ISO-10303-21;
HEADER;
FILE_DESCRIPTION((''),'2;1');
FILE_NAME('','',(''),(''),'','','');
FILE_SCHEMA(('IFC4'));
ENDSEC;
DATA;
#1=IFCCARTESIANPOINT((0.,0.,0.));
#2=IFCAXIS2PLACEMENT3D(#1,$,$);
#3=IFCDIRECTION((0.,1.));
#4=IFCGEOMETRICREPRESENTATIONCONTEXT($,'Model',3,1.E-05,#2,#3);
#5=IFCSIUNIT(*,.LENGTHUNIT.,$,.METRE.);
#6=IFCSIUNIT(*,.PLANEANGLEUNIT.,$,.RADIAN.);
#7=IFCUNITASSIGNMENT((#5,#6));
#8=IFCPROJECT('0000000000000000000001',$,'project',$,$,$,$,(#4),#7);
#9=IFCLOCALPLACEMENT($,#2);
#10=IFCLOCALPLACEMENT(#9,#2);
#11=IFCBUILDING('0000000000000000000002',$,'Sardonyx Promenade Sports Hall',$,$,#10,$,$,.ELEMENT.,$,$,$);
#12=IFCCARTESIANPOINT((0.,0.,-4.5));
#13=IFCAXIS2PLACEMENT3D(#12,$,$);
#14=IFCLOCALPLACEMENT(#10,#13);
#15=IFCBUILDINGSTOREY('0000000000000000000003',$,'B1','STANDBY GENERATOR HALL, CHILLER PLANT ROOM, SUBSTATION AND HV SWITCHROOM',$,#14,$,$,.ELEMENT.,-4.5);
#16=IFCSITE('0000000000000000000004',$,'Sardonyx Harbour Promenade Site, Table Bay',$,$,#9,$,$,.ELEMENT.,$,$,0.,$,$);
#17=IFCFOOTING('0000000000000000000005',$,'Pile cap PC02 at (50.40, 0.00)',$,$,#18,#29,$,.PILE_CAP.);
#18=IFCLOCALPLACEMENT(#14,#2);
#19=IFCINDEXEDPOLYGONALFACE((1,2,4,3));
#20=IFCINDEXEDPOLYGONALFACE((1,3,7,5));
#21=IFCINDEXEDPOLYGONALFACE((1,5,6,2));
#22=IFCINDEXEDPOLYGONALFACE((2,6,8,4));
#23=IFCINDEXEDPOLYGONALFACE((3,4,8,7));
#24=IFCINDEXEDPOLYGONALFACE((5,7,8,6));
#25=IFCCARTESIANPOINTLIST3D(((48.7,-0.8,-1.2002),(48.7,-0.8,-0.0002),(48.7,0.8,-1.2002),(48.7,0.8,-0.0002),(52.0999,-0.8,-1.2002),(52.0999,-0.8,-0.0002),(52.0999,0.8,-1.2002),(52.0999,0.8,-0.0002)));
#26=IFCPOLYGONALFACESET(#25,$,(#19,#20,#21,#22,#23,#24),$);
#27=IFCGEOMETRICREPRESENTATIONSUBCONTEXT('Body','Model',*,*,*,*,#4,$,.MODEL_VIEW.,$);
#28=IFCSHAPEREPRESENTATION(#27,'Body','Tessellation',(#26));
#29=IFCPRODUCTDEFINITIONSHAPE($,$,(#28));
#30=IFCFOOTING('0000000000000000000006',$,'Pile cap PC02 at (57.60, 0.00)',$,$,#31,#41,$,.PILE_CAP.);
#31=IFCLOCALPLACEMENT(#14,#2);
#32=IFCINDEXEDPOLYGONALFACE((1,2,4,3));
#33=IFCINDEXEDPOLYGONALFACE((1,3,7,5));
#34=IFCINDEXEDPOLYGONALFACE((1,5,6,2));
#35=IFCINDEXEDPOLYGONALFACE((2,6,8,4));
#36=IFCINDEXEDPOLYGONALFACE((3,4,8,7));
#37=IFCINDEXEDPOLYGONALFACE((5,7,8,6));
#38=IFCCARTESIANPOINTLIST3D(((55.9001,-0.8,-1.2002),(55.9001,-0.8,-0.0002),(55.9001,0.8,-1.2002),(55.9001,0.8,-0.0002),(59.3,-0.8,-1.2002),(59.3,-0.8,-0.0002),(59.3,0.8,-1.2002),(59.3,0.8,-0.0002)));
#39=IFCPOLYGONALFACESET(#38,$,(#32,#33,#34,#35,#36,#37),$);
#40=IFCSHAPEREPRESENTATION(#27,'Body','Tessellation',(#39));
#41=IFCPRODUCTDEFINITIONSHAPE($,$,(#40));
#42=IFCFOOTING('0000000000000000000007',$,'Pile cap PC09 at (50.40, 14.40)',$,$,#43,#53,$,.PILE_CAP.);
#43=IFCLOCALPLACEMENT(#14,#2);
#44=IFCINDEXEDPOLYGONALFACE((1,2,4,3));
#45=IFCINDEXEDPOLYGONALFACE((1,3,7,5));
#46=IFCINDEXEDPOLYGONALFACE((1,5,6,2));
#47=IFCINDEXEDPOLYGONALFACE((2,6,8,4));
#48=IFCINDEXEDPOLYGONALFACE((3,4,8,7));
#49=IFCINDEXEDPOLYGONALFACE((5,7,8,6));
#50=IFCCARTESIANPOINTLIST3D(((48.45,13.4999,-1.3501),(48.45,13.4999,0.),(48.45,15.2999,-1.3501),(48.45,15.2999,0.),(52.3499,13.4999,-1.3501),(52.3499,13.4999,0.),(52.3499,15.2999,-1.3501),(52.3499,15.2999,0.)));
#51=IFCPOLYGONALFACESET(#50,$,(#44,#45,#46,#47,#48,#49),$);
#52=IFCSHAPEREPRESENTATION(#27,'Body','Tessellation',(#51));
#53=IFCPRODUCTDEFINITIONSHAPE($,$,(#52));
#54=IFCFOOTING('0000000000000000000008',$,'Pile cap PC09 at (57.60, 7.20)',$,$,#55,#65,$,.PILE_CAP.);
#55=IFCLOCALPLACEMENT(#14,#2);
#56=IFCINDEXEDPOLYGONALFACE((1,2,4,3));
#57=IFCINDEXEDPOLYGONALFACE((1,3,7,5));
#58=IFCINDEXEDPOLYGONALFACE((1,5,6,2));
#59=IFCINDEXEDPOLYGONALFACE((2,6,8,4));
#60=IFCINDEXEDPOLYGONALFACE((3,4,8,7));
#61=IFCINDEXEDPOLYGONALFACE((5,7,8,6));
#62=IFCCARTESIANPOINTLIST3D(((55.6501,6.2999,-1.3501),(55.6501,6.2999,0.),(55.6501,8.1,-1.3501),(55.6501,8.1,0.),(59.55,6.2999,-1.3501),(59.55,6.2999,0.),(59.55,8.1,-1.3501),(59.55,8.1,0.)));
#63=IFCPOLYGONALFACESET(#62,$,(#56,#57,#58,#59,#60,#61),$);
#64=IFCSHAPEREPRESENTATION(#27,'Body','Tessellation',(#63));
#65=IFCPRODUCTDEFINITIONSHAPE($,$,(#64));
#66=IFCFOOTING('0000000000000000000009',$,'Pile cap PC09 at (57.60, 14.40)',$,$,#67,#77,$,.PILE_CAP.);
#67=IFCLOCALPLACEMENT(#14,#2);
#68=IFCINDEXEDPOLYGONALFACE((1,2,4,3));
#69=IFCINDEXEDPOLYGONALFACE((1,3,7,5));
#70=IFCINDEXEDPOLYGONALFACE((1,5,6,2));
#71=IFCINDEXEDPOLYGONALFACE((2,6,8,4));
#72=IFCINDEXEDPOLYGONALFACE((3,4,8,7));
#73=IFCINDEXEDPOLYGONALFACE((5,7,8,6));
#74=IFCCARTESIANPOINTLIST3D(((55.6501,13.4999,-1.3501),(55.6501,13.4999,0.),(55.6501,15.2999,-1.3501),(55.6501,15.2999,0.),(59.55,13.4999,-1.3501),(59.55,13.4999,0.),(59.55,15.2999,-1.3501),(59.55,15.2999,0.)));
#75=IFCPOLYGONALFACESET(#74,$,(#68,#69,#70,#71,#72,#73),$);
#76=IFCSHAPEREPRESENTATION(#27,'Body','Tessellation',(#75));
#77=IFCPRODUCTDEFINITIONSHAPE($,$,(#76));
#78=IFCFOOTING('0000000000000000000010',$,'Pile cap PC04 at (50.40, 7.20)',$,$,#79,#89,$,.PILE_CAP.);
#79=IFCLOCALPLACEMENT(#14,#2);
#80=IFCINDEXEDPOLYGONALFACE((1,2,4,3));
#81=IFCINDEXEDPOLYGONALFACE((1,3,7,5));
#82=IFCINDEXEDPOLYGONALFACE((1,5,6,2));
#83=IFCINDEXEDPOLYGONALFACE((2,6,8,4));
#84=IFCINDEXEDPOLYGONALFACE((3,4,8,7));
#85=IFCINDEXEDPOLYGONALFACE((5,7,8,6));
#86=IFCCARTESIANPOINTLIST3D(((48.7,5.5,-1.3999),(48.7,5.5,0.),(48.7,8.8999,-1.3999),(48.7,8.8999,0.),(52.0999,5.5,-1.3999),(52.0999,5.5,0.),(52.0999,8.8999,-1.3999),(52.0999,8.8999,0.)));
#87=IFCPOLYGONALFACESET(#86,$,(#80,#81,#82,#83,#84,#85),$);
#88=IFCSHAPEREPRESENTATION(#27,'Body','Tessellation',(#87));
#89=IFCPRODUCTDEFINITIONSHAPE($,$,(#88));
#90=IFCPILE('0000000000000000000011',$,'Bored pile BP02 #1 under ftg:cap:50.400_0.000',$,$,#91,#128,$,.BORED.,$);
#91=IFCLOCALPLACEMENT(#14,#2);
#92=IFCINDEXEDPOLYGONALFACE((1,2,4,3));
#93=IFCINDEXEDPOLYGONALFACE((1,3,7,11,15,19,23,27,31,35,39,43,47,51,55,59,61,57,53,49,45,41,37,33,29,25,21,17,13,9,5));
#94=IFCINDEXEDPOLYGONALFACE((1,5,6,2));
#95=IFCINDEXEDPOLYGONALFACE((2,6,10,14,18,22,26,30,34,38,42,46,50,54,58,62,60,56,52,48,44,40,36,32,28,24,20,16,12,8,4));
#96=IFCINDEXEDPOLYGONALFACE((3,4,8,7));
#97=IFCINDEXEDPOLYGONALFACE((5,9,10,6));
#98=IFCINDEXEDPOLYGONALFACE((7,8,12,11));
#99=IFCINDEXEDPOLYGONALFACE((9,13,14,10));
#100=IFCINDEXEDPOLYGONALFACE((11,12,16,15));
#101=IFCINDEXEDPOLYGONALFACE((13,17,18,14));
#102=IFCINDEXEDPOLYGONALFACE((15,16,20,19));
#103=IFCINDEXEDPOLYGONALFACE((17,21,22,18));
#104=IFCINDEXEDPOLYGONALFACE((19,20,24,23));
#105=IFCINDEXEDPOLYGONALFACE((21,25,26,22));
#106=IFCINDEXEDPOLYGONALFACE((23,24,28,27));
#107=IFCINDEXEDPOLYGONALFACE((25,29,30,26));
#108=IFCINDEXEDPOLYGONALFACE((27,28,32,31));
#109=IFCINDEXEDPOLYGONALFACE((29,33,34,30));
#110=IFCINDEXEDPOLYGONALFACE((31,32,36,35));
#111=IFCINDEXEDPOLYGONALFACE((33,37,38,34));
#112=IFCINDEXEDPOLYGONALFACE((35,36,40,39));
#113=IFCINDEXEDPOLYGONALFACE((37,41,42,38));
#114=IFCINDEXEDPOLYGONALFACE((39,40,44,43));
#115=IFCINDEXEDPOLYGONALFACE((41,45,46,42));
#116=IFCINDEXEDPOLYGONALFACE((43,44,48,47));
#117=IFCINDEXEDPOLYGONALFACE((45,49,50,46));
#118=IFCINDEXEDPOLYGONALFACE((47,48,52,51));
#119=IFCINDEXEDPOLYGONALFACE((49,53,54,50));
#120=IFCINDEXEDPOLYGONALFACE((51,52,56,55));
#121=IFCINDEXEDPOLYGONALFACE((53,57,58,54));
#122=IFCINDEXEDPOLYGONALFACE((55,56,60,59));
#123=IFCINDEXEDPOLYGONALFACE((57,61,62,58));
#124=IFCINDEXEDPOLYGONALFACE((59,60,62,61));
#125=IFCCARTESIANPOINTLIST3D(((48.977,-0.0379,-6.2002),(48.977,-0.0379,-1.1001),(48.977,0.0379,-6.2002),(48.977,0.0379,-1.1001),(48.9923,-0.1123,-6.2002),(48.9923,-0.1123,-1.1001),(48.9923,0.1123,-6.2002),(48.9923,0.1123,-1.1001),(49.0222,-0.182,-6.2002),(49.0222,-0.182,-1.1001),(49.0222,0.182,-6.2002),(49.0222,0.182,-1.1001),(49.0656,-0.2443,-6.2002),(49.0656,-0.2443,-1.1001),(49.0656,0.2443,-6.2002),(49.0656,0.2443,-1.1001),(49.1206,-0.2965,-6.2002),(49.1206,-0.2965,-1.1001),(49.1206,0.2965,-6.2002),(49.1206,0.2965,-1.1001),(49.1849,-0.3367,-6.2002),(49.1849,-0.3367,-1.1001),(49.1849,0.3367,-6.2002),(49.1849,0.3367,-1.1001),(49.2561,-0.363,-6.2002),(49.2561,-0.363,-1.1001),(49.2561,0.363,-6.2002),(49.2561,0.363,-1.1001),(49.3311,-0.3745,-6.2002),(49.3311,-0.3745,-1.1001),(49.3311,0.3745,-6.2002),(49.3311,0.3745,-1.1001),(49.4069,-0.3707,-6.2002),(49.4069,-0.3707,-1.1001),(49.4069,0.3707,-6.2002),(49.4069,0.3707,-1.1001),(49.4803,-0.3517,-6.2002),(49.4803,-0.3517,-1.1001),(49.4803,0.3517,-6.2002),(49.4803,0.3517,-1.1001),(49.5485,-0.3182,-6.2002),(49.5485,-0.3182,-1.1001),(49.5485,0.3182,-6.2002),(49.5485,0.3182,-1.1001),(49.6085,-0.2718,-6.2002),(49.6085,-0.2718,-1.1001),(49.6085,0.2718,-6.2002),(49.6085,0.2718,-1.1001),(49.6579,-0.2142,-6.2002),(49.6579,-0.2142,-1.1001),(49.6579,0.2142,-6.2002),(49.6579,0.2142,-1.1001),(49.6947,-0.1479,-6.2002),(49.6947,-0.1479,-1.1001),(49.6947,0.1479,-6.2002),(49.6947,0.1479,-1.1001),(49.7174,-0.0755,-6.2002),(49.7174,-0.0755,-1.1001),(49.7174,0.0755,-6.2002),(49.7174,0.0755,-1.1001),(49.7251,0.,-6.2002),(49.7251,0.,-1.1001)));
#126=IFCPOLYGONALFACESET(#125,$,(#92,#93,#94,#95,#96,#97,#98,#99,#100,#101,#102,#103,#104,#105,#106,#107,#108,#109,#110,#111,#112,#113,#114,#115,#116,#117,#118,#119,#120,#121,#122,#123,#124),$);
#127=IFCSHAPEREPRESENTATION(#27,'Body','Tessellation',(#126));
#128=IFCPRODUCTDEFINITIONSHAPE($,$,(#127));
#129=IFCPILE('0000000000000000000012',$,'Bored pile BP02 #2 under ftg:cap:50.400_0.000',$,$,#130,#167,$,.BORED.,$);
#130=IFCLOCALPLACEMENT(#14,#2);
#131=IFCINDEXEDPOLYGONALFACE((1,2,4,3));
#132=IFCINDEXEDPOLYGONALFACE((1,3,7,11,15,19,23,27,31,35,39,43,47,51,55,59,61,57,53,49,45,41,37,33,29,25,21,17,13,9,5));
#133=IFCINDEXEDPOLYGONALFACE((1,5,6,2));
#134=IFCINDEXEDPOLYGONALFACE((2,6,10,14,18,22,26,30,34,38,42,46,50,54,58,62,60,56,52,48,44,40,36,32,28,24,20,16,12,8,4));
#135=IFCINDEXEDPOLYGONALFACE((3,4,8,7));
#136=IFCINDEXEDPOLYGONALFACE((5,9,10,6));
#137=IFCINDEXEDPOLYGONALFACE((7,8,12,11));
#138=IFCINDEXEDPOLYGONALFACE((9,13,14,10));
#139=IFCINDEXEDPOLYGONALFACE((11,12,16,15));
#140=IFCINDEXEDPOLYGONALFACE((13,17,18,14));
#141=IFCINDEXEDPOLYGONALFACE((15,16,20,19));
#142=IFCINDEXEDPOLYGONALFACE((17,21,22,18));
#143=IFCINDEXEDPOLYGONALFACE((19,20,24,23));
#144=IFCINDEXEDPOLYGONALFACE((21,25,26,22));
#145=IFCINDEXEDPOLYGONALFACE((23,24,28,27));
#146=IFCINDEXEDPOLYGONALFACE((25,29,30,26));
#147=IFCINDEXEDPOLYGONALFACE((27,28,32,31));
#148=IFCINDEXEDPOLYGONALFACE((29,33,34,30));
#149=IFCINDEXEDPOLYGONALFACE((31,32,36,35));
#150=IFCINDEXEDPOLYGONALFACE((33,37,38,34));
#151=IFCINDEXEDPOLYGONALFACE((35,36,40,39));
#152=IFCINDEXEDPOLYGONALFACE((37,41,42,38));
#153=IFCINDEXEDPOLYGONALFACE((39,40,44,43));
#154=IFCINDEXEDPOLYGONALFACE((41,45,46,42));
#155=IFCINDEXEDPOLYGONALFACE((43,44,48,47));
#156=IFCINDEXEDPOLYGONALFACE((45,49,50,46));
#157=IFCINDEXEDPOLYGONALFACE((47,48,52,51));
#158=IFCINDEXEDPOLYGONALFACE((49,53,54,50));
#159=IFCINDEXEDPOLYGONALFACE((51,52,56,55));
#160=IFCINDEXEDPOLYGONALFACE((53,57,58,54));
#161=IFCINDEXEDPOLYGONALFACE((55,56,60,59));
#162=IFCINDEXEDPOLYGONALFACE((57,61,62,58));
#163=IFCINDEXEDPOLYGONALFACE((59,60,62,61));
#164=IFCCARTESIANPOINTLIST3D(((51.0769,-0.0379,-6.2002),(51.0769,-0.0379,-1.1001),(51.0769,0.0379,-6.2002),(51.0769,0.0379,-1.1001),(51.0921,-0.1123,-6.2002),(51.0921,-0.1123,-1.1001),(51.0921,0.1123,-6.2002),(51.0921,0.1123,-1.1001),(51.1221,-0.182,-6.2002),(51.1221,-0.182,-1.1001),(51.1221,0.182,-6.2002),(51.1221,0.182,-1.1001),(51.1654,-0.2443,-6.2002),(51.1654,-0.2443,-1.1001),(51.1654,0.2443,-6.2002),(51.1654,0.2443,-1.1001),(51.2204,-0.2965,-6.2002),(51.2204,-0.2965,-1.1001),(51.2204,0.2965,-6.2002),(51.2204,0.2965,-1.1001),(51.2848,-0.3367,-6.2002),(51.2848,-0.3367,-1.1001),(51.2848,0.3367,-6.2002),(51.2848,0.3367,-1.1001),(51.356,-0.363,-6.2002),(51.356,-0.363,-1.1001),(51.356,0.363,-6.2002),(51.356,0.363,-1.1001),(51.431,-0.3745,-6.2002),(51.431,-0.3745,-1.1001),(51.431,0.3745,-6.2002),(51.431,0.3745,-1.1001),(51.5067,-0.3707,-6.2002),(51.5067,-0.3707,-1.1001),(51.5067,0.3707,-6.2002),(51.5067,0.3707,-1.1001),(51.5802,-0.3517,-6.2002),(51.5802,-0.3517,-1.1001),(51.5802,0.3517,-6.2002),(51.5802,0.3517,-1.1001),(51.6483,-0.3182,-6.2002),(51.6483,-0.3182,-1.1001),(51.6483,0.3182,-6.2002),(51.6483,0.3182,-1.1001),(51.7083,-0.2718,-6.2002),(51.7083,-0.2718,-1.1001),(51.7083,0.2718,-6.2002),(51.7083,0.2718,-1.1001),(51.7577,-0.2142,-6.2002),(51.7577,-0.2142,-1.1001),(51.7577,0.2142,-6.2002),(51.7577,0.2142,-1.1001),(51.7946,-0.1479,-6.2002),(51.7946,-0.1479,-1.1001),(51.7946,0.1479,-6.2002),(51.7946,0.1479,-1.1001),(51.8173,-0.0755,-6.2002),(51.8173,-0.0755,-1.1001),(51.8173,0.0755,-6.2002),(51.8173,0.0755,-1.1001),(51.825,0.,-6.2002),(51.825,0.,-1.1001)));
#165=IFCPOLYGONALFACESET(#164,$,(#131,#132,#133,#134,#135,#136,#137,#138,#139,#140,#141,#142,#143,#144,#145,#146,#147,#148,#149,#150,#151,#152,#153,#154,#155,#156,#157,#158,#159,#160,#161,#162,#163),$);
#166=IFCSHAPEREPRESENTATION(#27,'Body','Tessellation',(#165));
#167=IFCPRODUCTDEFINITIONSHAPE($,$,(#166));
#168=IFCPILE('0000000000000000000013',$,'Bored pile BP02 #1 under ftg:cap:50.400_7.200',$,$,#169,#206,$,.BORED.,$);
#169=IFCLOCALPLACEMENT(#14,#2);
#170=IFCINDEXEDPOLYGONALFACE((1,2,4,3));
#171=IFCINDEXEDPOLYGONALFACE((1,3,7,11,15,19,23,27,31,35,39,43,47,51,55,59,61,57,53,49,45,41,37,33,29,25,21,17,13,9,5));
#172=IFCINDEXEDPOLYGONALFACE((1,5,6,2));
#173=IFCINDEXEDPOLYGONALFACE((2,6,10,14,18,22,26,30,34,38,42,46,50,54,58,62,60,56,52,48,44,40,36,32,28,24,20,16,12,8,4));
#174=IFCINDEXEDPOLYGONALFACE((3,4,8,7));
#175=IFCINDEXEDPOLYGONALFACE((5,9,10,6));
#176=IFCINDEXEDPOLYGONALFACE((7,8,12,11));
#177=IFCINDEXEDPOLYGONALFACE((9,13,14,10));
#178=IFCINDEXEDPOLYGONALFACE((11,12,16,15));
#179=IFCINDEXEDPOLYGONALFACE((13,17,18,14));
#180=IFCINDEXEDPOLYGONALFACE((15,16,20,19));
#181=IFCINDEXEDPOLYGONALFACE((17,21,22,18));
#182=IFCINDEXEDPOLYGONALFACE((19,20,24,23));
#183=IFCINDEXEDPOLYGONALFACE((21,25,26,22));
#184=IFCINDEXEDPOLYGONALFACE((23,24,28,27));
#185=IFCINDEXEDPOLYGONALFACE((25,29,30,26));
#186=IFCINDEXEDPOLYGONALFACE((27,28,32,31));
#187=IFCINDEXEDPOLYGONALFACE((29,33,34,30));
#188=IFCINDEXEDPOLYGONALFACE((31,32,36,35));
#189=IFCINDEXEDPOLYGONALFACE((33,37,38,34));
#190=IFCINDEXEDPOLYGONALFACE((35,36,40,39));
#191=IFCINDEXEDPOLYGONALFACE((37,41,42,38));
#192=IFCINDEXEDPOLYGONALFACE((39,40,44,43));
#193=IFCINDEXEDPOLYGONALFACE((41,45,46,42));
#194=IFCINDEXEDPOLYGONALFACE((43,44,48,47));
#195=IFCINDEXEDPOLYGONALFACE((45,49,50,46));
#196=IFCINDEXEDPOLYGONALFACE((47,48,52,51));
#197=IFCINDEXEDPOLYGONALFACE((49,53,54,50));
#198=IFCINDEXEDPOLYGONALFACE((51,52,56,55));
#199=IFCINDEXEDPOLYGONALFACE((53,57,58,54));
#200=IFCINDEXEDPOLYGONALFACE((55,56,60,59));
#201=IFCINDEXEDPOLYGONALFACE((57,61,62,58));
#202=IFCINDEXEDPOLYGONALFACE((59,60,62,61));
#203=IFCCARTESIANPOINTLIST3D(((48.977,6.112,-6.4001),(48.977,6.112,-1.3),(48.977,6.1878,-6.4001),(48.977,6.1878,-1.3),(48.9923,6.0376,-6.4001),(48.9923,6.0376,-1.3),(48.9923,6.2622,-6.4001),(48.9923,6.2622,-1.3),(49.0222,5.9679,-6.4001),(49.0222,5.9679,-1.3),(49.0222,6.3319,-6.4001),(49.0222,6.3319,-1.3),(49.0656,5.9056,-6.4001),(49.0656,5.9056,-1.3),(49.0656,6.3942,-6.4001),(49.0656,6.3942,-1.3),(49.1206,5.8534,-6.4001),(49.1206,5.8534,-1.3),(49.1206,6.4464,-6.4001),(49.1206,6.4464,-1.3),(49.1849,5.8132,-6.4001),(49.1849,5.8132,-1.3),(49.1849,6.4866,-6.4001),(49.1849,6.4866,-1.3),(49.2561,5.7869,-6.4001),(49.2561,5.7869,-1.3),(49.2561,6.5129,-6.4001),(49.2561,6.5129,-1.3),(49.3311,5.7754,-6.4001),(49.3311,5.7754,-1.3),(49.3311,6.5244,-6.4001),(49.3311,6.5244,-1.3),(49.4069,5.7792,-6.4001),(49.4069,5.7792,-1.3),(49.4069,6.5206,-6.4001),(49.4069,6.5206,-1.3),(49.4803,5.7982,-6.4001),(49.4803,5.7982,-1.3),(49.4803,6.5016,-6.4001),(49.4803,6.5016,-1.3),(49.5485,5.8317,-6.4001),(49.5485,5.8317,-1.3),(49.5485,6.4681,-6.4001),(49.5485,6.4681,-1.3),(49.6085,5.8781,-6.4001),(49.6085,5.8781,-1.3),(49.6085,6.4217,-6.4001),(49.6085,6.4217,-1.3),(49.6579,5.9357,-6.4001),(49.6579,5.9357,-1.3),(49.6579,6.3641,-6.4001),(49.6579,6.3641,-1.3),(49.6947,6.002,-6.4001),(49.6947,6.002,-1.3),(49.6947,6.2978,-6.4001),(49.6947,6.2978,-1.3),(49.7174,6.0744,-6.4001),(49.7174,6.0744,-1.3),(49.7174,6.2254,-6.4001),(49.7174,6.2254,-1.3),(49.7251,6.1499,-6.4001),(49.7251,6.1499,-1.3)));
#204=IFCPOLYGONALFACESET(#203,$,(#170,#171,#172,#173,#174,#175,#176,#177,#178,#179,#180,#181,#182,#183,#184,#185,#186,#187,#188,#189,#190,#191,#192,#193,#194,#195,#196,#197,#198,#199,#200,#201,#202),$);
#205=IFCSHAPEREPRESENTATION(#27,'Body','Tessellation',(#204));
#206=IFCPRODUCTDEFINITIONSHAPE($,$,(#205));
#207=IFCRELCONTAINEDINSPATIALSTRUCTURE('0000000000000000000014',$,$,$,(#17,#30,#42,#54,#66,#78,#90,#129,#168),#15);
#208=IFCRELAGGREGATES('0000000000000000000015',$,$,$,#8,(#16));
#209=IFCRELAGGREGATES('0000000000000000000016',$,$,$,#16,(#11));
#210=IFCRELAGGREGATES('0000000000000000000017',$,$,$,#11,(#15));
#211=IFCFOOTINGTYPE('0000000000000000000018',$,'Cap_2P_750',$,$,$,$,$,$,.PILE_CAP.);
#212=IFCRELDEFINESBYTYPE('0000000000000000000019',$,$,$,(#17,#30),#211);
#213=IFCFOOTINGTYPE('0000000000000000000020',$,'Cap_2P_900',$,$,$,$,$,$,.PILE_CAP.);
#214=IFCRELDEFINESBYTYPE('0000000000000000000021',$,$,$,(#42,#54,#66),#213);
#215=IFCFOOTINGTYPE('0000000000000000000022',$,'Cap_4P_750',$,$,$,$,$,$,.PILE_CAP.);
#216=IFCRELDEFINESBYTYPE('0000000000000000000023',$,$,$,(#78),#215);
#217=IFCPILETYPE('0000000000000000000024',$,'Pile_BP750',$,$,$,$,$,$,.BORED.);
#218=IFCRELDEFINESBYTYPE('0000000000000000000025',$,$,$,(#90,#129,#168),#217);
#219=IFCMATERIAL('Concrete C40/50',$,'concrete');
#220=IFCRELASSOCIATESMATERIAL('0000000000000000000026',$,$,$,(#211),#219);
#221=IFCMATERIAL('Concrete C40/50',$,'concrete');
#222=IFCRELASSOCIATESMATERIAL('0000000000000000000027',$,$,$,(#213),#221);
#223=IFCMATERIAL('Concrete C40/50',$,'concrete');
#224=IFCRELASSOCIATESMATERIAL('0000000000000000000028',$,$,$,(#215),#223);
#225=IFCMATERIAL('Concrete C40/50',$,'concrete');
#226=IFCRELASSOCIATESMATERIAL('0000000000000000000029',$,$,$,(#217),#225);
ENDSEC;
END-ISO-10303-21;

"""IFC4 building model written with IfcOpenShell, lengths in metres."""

from ifc_helpers import new_model, si_unit, direction, frame, origin, origin_2d, place, context, subcontext, project, spatial, rectangle, circle, extrude, material, material_profile, profile_set, type_object, element, save


model = new_model("IFC4")

# Units and contexts
model_context = context("Model", 3, precision=1e-05, world=origin(), true_north=direction((0.0, 1.0)))
body_context = subcontext(model_context, "Body", "Model", "MODEL_VIEW")
ifc_project = project(units=[si_unit("LENGTHUNIT", "METRE"), si_unit("PLANEANGLEUNIT", "RADIAN")], contexts=[model_context])

# Site, building, storey
site_placement = place(None, origin())
site = spatial("IfcSite", under=ifc_project, at=site_placement, Name="Sardonyx Harbour Promenade Site, Table Bay", CompositionType="ELEMENT", RefElevation=0.0)
building_placement = place(site_placement, origin())
building = spatial("IfcBuilding", under=site, at=building_placement, Name="Sardonyx Promenade Sports Hall", CompositionType="ELEMENT")
storey_placement = place(building_placement, frame((0.0, 0.0, -4.5)))
storey = spatial("IfcBuildingStorey", under=building, at=storey_placement, Name="B1", Description="STANDBY GENERATOR HALL, CHILLER PLANT ROOM, SUBSTATION AND HV SWITCHROOM", CompositionType="ELEMENT", Elevation=-4.5)

# Footings
ifc_material_1 = material(Name="Concrete C40/50", Category="concrete")
footing_type_1 = type_object("IfcFootingType", Name="Cap_2P_750", PredefinedType="PILE_CAP", material=ifc_material_1)
for number, where, z_axis, x_axis, name in (
    (1, (50.3999, 0.0, -1.2002), (0.0, 0.0, 1.0), (1.0, 0.0, 0.0), "Pile cap PC02 at (50.40, 0.00)"),
    (2, (57.6001, 0.0, -1.2002), (0.0, 0.0, 1.0), (1.0, 0.0, 0.0), "Pile cap PC02 at (57.60, 0.00)"),
):
    element("IfcFooting", number, at=place(storey_placement, frame(where, z_axis=z_axis, x_axis=x_axis)), inside=storey, type_object=footing_type_1, Name=name, PredefinedType="PILE_CAP", context=body_context, shape_type="SweptSolid", body=[
        extrude(rectangle(XDim=3.3999, YDim=1.6001, at=origin_2d()), origin(), (0.0, 0.0, 1.0), 1.2),
    ])
ifc_material_2 = material(Name="Concrete C40/50", Category="concrete")
footing_type_2 = type_object("IfcFootingType", Name="Cap_2P_900", PredefinedType="PILE_CAP", material=ifc_material_2)
for number, where, z_axis, x_axis, name in (
    (3, (50.3999, 14.3999, -1.3501), (0.0, 0.0, 1.0), (1.0, 0.0, 0.0), "Pile cap PC09 at (50.40, 14.40)"),
    (4, (57.6001, 7.2, -1.3501), (0.0, 0.0, 1.0), (1.0, 0.0, 0.0), "Pile cap PC09 at (57.60, 7.20)"),
    (5, (57.6001, 14.3999, -1.3501), (0.0, 0.0, 1.0), (1.0, 0.0, 0.0), "Pile cap PC09 at (57.60, 14.40)"),
):
    element("IfcFooting", number, at=place(storey_placement, frame(where, z_axis=z_axis, x_axis=x_axis)), inside=storey, type_object=footing_type_2, Name=name, PredefinedType="PILE_CAP", context=body_context, shape_type="SweptSolid", body=[
        extrude(rectangle(XDim=3.8999, YDim=1.8, at=origin_2d()), origin(), (0.0, 0.0, 1.0), 1.3501),
    ])
ifc_material_3 = material(Name="Concrete C40/50", Category="concrete")
footing_type_3 = type_object("IfcFootingType", Name="Cap_4P_750", PredefinedType="PILE_CAP", material=ifc_material_3)
footing_placement = place(storey_placement, frame((50.3999, 7.2, -1.3999), z_axis=(0.0, 0.0, 1.0), x_axis=(1.0, 0.0, 0.0)))
element("IfcFooting", 6, at=footing_placement, inside=storey, type_object=footing_type_3, Name="Pile cap PC04 at (50.40, 7.20)", PredefinedType="PILE_CAP", context=body_context, shape_type="SweptSolid", body=[
    extrude(rectangle(XDim=3.3999, YDim=3.3999, at=origin_2d()), origin(), (0.0, 0.0, 1.0), 1.3999),
])

# Piles
ifc_material_4 = material(Name="Concrete C40/50", Category="concrete")
ifc_material_profile_1 = material_profile(ifc_material_4, circle(Radius=0.375, at=origin_2d()))
ifc_profile_set_1 = profile_set([ifc_material_profile_1], Name="Concrete C40/50")
pile_type_1 = type_object("IfcPileType", Name="Pile_BP750", PredefinedType="BORED", material=ifc_profile_set_1)
for number, where, z_axis, x_axis, name in (
    (7, (49.3501, 0.0, -1.1001), (0.0, 0.0, -1.0), (1.0, 0.0, 0.0), "Bored pile BP02 #1 under ftg:cap:50.400_0.000"),
    (8, (51.45, 0.0, -1.1001), (0.0, 0.0, -1.0), (1.0, 0.0, 0.0), "Bored pile BP02 #2 under ftg:cap:50.400_0.000"),
    (9, (49.3501, 6.1499, -1.3), (0.0, 0.0, -1.0), (1.0, 0.0, 0.0), "Bored pile BP02 #1 under ftg:cap:50.400_7.200"),
):
    element("IfcPile", number, at=place(storey_placement, frame(where, z_axis=z_axis, x_axis=x_axis)), inside=storey, type_object=pile_type_1, Name=name, PredefinedType="BORED", context=body_context, shape_type="SweptSolid", body=[
        extrude(circle(Radius=0.375, at=origin_2d()), origin(), (0.0, 0.0, 1.0), 5.1001),
    ])

save(model, "model.ifc")
